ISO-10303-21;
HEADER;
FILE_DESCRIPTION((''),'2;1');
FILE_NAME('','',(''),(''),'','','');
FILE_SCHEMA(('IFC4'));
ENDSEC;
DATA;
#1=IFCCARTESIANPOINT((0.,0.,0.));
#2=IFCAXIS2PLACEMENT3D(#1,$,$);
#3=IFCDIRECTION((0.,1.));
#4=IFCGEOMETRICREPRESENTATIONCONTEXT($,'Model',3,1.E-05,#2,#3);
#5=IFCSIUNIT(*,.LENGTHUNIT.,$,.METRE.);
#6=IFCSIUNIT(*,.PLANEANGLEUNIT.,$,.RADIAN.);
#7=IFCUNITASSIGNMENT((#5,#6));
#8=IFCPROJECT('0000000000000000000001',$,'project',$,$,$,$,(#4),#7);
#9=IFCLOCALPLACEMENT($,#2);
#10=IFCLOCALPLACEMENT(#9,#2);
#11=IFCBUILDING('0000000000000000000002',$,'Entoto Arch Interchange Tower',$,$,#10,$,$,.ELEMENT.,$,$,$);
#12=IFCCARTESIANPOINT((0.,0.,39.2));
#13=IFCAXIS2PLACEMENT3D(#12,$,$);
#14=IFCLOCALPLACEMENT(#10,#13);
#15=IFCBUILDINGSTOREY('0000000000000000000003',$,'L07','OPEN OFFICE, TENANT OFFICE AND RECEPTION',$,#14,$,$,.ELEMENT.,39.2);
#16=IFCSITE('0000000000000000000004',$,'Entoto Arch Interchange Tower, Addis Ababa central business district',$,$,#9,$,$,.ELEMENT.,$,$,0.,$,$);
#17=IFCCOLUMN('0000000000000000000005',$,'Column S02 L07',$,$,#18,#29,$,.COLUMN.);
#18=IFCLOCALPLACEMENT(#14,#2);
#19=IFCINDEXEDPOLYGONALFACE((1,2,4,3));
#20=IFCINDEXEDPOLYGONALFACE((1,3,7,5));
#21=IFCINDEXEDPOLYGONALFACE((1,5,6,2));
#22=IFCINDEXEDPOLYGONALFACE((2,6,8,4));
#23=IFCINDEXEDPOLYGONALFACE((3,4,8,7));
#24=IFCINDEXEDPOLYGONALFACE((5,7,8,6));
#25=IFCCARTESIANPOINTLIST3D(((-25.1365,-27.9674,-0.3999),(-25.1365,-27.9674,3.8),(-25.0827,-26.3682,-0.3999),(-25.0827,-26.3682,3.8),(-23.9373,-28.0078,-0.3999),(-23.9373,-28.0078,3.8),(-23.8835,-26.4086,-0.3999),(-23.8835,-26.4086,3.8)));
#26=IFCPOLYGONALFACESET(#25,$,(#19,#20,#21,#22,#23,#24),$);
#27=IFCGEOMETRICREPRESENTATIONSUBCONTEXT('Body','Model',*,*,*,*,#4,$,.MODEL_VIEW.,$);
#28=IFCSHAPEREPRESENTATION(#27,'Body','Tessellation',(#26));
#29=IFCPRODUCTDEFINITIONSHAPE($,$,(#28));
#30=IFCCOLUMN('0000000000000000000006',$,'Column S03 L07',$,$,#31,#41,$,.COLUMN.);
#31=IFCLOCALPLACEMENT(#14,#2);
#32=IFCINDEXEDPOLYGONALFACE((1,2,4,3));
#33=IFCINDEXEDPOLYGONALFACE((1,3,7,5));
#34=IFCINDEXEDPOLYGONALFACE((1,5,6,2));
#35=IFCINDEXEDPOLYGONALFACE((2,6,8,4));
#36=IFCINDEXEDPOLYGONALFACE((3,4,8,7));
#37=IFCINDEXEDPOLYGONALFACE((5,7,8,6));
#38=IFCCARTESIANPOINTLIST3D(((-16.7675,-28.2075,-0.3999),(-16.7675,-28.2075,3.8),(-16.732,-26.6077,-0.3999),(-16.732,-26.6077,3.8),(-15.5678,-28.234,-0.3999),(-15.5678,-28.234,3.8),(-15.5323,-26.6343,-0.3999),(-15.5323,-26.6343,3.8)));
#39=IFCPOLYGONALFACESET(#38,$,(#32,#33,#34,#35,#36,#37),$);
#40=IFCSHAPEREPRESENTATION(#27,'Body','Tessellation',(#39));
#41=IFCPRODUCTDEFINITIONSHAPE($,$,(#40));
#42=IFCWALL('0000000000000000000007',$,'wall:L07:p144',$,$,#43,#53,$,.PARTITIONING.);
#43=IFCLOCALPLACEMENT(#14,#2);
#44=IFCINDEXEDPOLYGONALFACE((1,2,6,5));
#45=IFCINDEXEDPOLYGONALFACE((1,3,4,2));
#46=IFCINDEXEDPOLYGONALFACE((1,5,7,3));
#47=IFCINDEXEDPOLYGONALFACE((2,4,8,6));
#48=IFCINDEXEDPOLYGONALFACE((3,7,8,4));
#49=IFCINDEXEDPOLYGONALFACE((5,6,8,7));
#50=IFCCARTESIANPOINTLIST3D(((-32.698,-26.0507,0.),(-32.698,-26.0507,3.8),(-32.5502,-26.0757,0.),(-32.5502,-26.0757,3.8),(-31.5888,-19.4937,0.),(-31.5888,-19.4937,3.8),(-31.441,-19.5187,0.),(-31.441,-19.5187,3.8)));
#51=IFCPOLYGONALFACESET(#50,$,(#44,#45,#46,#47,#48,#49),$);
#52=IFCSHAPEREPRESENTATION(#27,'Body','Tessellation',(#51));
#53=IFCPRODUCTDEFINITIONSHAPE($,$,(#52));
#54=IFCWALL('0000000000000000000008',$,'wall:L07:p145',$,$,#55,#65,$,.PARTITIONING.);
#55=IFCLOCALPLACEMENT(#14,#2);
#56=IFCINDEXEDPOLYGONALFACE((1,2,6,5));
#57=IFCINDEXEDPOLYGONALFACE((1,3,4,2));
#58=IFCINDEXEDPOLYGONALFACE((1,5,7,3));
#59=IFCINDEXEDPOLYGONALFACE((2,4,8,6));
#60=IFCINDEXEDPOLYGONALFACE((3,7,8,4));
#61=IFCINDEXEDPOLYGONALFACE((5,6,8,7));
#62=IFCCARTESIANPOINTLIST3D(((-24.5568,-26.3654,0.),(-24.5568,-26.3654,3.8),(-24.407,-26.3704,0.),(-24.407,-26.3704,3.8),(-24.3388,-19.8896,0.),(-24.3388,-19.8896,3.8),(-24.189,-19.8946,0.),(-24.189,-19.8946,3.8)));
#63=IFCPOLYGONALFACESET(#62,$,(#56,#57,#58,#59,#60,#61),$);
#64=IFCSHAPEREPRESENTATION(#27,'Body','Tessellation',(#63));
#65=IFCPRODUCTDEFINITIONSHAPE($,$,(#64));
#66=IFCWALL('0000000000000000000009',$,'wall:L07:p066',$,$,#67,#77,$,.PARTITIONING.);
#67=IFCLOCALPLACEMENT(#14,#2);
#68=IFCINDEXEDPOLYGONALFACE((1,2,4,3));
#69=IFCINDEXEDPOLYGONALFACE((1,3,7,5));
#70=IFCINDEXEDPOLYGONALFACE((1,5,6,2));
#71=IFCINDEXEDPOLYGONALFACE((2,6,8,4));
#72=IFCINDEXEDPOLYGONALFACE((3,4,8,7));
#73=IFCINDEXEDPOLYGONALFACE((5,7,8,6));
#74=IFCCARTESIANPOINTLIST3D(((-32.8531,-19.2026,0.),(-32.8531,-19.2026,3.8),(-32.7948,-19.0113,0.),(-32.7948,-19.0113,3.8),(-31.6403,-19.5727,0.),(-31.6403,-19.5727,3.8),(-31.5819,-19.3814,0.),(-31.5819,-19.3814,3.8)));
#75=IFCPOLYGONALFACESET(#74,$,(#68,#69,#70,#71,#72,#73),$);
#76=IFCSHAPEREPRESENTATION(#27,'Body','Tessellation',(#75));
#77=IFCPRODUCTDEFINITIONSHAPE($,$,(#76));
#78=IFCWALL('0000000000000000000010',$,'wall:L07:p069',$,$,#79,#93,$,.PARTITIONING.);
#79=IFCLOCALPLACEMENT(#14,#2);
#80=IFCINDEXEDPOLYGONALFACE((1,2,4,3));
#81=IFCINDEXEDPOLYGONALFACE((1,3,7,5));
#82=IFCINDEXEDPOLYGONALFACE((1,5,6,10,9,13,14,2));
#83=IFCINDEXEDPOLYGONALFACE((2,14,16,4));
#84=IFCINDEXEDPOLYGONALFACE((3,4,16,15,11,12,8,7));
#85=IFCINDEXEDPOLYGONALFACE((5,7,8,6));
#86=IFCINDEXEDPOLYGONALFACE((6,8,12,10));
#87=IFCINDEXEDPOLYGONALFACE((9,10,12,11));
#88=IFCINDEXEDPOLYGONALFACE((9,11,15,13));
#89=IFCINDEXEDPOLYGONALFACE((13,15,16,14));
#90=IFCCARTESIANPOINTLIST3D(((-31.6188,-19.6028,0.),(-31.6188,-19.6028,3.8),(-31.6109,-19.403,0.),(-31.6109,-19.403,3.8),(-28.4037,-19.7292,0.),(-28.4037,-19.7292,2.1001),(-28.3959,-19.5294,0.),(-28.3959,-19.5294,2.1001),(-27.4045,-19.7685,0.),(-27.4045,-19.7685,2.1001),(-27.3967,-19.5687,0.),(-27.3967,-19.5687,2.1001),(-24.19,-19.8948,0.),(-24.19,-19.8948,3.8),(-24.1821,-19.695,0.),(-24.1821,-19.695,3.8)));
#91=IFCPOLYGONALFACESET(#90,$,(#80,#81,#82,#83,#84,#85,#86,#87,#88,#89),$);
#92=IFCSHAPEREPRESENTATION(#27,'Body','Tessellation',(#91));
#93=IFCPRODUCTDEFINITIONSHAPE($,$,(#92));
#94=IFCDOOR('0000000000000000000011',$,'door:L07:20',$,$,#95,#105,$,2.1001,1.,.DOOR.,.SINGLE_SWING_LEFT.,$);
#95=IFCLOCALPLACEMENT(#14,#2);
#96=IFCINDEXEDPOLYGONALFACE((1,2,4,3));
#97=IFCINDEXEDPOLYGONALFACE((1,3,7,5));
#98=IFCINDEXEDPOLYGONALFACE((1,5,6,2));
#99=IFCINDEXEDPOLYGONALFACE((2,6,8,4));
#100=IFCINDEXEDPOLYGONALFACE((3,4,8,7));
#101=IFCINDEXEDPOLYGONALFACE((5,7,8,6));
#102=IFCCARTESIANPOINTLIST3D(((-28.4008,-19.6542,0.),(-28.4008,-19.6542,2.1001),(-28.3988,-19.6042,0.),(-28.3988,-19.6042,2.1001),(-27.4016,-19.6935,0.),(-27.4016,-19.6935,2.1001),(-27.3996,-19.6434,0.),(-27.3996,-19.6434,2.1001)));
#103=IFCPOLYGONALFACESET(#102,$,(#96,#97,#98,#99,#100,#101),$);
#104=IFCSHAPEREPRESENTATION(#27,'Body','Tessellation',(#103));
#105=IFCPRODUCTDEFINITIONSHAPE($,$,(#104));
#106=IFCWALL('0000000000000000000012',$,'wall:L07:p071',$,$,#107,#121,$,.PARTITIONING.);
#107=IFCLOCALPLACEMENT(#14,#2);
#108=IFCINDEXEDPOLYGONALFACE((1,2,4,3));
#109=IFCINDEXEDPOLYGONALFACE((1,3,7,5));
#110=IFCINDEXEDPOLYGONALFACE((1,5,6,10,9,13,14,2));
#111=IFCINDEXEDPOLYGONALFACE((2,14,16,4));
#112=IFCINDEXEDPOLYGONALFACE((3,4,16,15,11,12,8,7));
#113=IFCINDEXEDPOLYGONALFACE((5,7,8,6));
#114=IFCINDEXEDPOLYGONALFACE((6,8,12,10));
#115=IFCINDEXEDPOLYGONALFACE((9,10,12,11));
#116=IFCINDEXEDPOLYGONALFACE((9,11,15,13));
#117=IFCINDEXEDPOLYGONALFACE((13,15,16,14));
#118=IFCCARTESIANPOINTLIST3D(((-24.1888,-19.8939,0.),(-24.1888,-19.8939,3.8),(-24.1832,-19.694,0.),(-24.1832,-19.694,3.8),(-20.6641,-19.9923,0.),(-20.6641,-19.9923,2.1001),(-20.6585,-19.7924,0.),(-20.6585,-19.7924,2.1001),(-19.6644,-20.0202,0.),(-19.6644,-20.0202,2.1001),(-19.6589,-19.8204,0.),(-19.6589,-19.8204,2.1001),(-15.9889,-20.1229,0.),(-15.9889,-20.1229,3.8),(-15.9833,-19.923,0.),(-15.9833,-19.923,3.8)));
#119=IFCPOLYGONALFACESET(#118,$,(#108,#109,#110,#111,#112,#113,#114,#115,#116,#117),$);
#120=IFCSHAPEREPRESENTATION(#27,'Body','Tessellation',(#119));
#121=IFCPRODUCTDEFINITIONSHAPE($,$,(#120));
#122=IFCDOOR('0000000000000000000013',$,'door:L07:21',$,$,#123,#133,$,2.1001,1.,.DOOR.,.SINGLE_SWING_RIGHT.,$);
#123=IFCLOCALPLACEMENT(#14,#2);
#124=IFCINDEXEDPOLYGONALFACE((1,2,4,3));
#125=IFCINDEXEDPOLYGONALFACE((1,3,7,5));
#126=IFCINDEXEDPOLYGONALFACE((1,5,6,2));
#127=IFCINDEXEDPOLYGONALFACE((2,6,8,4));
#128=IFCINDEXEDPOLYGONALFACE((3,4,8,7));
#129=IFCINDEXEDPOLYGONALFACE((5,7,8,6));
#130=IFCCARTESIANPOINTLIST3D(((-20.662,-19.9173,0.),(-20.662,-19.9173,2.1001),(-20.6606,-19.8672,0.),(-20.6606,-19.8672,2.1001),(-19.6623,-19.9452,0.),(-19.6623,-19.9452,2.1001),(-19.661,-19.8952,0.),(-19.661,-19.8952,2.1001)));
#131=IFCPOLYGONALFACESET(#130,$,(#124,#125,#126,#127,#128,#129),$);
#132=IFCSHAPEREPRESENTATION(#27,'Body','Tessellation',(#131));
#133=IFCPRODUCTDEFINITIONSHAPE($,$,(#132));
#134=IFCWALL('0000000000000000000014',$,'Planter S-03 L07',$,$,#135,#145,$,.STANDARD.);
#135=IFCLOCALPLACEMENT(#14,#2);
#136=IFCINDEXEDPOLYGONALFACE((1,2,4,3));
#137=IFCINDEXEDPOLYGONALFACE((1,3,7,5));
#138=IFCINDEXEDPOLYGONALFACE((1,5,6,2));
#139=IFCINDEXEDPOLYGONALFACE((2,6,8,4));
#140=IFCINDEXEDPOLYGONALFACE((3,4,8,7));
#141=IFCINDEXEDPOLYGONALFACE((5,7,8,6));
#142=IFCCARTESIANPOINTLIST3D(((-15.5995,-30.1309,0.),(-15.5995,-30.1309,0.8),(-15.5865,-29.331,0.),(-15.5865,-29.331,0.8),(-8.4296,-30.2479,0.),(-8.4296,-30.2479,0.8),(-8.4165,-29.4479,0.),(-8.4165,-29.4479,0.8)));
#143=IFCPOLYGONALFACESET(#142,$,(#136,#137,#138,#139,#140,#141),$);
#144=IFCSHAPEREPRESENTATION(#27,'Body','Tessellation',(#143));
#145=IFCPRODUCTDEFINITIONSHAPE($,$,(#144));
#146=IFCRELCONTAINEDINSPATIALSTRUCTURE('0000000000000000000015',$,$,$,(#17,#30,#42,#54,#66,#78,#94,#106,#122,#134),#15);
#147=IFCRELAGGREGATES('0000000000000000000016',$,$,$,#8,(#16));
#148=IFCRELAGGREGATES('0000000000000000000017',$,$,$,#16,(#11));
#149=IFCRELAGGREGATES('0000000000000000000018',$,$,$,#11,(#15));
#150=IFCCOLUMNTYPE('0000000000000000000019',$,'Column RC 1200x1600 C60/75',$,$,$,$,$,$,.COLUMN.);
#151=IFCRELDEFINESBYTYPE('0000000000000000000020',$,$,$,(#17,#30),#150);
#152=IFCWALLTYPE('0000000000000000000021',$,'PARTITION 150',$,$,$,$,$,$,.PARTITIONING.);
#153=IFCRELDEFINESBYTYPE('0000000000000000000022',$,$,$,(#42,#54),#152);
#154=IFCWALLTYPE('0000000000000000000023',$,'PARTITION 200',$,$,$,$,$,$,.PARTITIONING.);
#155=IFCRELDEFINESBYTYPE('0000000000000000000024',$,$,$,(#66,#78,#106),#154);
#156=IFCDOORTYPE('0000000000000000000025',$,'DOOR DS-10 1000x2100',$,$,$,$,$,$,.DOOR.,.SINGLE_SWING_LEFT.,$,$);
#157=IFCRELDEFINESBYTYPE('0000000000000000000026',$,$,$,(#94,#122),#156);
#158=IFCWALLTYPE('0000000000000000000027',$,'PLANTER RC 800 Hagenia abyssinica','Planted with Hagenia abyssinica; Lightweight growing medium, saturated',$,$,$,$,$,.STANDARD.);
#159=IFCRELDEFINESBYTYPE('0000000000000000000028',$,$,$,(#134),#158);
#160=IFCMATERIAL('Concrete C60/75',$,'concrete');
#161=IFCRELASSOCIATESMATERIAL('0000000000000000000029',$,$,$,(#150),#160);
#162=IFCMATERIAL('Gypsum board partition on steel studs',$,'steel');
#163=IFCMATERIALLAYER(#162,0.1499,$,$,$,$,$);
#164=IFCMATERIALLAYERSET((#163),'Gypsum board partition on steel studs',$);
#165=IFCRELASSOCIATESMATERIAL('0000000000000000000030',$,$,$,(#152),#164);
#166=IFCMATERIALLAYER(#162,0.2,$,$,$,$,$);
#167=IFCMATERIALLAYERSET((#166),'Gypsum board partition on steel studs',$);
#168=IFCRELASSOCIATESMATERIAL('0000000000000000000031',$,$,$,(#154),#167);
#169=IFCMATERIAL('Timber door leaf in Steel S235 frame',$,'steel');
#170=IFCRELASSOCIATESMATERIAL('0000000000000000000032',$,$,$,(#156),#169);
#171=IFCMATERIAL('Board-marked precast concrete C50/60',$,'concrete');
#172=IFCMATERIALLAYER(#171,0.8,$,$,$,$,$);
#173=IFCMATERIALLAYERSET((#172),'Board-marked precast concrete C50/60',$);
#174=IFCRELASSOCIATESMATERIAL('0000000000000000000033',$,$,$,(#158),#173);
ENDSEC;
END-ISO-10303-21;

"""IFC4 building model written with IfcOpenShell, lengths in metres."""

from ifc_helpers import new_model, si_unit, direction, frame, frame_2d, origin, origin_2d, place, context, subcontext, project, spatial, rectangle, extrude, material, layer, layer_set, material_profile, profile_set, type_object, element, fill, save


model = new_model("IFC4")

# Units and contexts
model_context = context("Model", 3, precision=1e-05, world=origin(), true_north=direction((0.0, 1.0)))
body_context = subcontext(model_context, "Body", "Model", "MODEL_VIEW")
ifc_project = project(units=[si_unit("LENGTHUNIT", "METRE"), si_unit("PLANEANGLEUNIT", "RADIAN")], contexts=[model_context])

# Site, building, storey
site_placement = place(None, origin())
site = spatial("IfcSite", under=ifc_project, at=site_placement, Name="Entoto Arch Interchange Tower, Addis Ababa central business district", CompositionType="ELEMENT", RefElevation=0.0)
building_placement = place(site_placement, origin())
building = spatial("IfcBuilding", under=site, at=building_placement, Name="Entoto Arch Interchange Tower", CompositionType="ELEMENT")
storey_placement = place(building_placement, frame((0.0, 0.0, 39.2)))
storey = spatial("IfcBuildingStorey", under=building, at=storey_placement, Name="L07", Description="OPEN OFFICE, TENANT OFFICE AND RECEPTION", CompositionType="ELEMENT", Elevation=39.2)

# Columns
ifc_material_1 = material(Name="Concrete C60/75", Category="concrete")
ifc_material_profile_1 = material_profile(ifc_material_1, rectangle(XDim=1.2, YDim=1.6001, at=origin_2d()))
ifc_profile_set_1 = profile_set([ifc_material_profile_1], Name="Concrete C60/75")
column_type = type_object("IfcColumnType", Name="Column RC 1200x1600 C60/75", PredefinedType="COLUMN", material=ifc_profile_set_1)
for number, where, z_axis, x_axis, name in (
    (1, (-24.51, -27.188, -0.3999), (0.0, 0.0, 1.0), (-0.999434, 0.033626, 0.0), "Column S02 L07"),
    (2, (-16.1499, -27.4209, -0.3999), (0.0, 0.0, 1.0), (-0.999754, 0.022164, 0.0), "Column S03 L07"),
):
    element("IfcColumn", number, at=place(storey_placement, frame(where, z_axis=z_axis, x_axis=x_axis)), inside=storey, type_object=column_type, Name=name, PredefinedType="COLUMN", context=body_context, shape_type="SweptSolid", body=[
        extrude(rectangle(XDim=1.2, YDim=1.6001, at=origin_2d()), origin(), (0.0, 0.0, 1.0), 4.2),
    ])

# Walls
ifc_material_2 = material(Name="Gypsum board partition on steel studs", Category="steel")
ifc_layer_1 = layer(ifc_material_2, 0.1499)
ifc_layer_set_1 = layer_set([ifc_layer_1], Name="Gypsum board partition on steel studs")
wall_type_1 = type_object("IfcWallType", Name="PARTITION 150", PredefinedType="PARTITIONING", material=ifc_layer_set_1)
wall_1_placement = place(storey_placement, frame((-31.5149, -19.5061, 0.0), z_axis=(0.0, 0.0, 1.0), x_axis=(-0.166786, -0.985993, 0.0)))
element("IfcWall", 3, at=wall_1_placement, inside=storey, type_object=wall_type_1, Name="wall:L07:p144", PredefinedType="PARTITIONING", context=body_context, shape_type="SweptSolid", body=[
    extrude(rectangle(XDim=6.6501, YDim=0.1499, at=frame_2d((3.3252, 0.0))), origin(), (0.0, 0.0, 1.0), 3.8),
])
wall_2_placement = place(storey_placement, frame((-24.2639, -19.8921, 0.0), z_axis=(0.0, 0.0, 1.0), x_axis=(-0.033647, -0.999434, 0.0)))
element("IfcWall", 4, at=wall_2_placement, inside=storey, type_object=wall_type_1, Name="wall:L07:p145", PredefinedType="PARTITIONING", context=body_context, shape_type="SweptSolid", body=[
    extrude(rectangle(XDim=6.4795, YDim=0.1499, at=frame_2d((3.2397, 0.0))), origin(), (0.0, 0.0, 1.0), 3.8),
])
ifc_layer_2 = layer(ifc_material_2, 0.2)
ifc_layer_set_2 = layer_set([ifc_layer_2], Name="Gypsum board partition on steel studs")
wall_type_2 = type_object("IfcWallType", Name="PARTITION 200", PredefinedType="PARTITIONING", material=ifc_layer_set_2)
wall_3_placement = place(storey_placement, frame((-31.6111, -19.4771, 0.0), z_axis=(0.0, 0.0, 1.0), x_axis=(-0.956459, 0.291866, 0.0)))
element("IfcWall", 5, at=wall_3_placement, inside=storey, type_object=wall_type_2, Name="wall:L07:p066", PredefinedType="PARTITIONING", context=body_context, shape_type="SweptSolid", body=[
    extrude(rectangle(XDim=1.2681, YDim=0.2, at=frame_2d((0.634, 0.0))), origin(), (0.0, 0.0, 1.0), 3.8),
])

# Walls, openings, doors
wall_4_placement = place(storey_placement, frame((-24.186, -19.7949, 0.0), z_axis=(0.0, 0.0, 1.0), x_axis=(-0.999228, 0.039274, 0.0)))
wall_4 = element("IfcWall", 6, at=wall_4_placement, inside=storey, type_object=wall_type_2, Name="wall:L07:p069", PredefinedType="PARTITIONING", context=body_context, shape_type="SweptSolid", body=[
    extrude(rectangle(XDim=7.4346, YDim=0.2, at=frame_2d((3.7173, 0.0))), origin(), (0.0, 0.0, 1.0), 3.8),
])
opening_1_placement = place(wall_4_placement, frame((3.217, 0.0, 0.0)))
opening_1 = element("IfcOpeningElement", 7, at=opening_1_placement, cuts=wall_4, PredefinedType="OPENING", context=body_context, shape_type="SweptSolid", body=[
    extrude(rectangle(XDim=1.0, YDim=2.1001, at=frame_2d((0.5, 1.05))), frame((0.0, 0.1099, 0.0), z_axis=(0.0, -1.0, 0.0), x_axis=(1.0, 0.0, 0.0)), (0.0, 0.0, 1.0), 0.22),
])
ifc_material_3 = material(Name="Timber door leaf in Steel S235 frame", Category="steel")
door_type = type_object("IfcDoorType", Name="DOOR DS-10 1000x2100", OperationType="SINGLE_SWING_LEFT", PredefinedType="DOOR", material=ifc_material_3)
door_1_placement = place(opening_1_placement, origin())
door_1 = element("IfcDoor", 8, at=door_1_placement, inside=storey, type_object=door_type, Name="door:L07:20", OperationType="SINGLE_SWING_LEFT", OverallHeight=2.1001, OverallWidth=1.0, PredefinedType="DOOR", context=body_context, shape_type="SweptSolid", body=[
    extrude(rectangle(XDim=1.0, YDim=2.1001, at=frame_2d((0.5, 1.05))), frame((0.0, 0.0249, 0.0), z_axis=(0.0, -1.0, 0.0), x_axis=(1.0, 0.0, 0.0)), (0.0, 0.0, 1.0), 0.05),
])
fill(opening_1, door_1)
wall_5_placement = place(storey_placement, frame((-15.9861, -20.0229, 0.0), z_axis=(0.0, 0.0, 1.0), x_axis=(-0.99961, 0.027917, 0.0)))
wall_5 = element("IfcWall", 9, at=wall_5_placement, inside=storey, type_object=wall_type_2, Name="wall:L07:p071", PredefinedType="PARTITIONING", context=body_context, shape_type="SweptSolid", body=[
    extrude(rectangle(XDim=8.2031, YDim=0.2, at=frame_2d((4.1016, 0.0))), origin(), (0.0, 0.0, 1.0), 3.8),
])
opening_2_placement = place(wall_5_placement, frame((3.677, 0.0, 0.0)))
opening_2 = element("IfcOpeningElement", 10, at=opening_2_placement, cuts=wall_5, PredefinedType="OPENING", context=body_context, shape_type="SweptSolid", body=[
    extrude(rectangle(XDim=1.0, YDim=2.1001, at=frame_2d((0.5, 1.05))), frame((0.0, 0.1099, 0.0), z_axis=(0.0, -1.0, 0.0), x_axis=(1.0, 0.0, 0.0)), (0.0, 0.0, 1.0), 0.22),
])
door_2_placement = place(opening_2_placement, origin())
door_2 = element("IfcDoor", 11, at=door_2_placement, inside=storey, type_object=door_type, Name="door:L07:21", OperationType="SINGLE_SWING_RIGHT", OverallHeight=2.1001, OverallWidth=1.0, PredefinedType="DOOR", context=body_context, shape_type="SweptSolid", body=[
    extrude(rectangle(XDim=1.0, YDim=2.1001, at=frame_2d((0.5, 1.05))), frame((0.0, 0.0249, 0.0), z_axis=(0.0, -1.0, 0.0), x_axis=(1.0, 0.0, 0.0)), (0.0, 0.0, 1.0), 0.05),
])
fill(opening_2, door_2)

# Wall
ifc_material_4 = material(Name="Board-marked precast concrete C50/60", Category="concrete")
ifc_layer_3 = layer(ifc_material_4, 0.8)
ifc_layer_set_3 = layer_set([ifc_layer_3], Name="Board-marked precast concrete C50/60")
wall_type_3 = type_object("IfcWallType", Name="PLANTER RC 800 Hagenia abyssinica", Description="Planted with Hagenia abyssinica; Lightweight growing medium, saturated", PredefinedType="STANDARD", material=ifc_layer_set_3)
wall_6_placement = place(storey_placement, frame((-15.593, -29.731, 0.0), z_axis=(0.0, 0.0, 1.0), x_axis=(0.999867, -0.016308, 0.0)))
element("IfcWall", 12, at=wall_6_placement, inside=storey, type_object=wall_type_3, Name="Planter S-03 L07", PredefinedType="STANDARD", context=body_context, shape_type="SweptSolid", body=[
    extrude(rectangle(XDim=7.1709, YDim=0.8, at=frame_2d((3.5854, 0.0))), origin(), (0.0, 0.0, 1.0), 0.8),
])

save(model, "model.ifc")
